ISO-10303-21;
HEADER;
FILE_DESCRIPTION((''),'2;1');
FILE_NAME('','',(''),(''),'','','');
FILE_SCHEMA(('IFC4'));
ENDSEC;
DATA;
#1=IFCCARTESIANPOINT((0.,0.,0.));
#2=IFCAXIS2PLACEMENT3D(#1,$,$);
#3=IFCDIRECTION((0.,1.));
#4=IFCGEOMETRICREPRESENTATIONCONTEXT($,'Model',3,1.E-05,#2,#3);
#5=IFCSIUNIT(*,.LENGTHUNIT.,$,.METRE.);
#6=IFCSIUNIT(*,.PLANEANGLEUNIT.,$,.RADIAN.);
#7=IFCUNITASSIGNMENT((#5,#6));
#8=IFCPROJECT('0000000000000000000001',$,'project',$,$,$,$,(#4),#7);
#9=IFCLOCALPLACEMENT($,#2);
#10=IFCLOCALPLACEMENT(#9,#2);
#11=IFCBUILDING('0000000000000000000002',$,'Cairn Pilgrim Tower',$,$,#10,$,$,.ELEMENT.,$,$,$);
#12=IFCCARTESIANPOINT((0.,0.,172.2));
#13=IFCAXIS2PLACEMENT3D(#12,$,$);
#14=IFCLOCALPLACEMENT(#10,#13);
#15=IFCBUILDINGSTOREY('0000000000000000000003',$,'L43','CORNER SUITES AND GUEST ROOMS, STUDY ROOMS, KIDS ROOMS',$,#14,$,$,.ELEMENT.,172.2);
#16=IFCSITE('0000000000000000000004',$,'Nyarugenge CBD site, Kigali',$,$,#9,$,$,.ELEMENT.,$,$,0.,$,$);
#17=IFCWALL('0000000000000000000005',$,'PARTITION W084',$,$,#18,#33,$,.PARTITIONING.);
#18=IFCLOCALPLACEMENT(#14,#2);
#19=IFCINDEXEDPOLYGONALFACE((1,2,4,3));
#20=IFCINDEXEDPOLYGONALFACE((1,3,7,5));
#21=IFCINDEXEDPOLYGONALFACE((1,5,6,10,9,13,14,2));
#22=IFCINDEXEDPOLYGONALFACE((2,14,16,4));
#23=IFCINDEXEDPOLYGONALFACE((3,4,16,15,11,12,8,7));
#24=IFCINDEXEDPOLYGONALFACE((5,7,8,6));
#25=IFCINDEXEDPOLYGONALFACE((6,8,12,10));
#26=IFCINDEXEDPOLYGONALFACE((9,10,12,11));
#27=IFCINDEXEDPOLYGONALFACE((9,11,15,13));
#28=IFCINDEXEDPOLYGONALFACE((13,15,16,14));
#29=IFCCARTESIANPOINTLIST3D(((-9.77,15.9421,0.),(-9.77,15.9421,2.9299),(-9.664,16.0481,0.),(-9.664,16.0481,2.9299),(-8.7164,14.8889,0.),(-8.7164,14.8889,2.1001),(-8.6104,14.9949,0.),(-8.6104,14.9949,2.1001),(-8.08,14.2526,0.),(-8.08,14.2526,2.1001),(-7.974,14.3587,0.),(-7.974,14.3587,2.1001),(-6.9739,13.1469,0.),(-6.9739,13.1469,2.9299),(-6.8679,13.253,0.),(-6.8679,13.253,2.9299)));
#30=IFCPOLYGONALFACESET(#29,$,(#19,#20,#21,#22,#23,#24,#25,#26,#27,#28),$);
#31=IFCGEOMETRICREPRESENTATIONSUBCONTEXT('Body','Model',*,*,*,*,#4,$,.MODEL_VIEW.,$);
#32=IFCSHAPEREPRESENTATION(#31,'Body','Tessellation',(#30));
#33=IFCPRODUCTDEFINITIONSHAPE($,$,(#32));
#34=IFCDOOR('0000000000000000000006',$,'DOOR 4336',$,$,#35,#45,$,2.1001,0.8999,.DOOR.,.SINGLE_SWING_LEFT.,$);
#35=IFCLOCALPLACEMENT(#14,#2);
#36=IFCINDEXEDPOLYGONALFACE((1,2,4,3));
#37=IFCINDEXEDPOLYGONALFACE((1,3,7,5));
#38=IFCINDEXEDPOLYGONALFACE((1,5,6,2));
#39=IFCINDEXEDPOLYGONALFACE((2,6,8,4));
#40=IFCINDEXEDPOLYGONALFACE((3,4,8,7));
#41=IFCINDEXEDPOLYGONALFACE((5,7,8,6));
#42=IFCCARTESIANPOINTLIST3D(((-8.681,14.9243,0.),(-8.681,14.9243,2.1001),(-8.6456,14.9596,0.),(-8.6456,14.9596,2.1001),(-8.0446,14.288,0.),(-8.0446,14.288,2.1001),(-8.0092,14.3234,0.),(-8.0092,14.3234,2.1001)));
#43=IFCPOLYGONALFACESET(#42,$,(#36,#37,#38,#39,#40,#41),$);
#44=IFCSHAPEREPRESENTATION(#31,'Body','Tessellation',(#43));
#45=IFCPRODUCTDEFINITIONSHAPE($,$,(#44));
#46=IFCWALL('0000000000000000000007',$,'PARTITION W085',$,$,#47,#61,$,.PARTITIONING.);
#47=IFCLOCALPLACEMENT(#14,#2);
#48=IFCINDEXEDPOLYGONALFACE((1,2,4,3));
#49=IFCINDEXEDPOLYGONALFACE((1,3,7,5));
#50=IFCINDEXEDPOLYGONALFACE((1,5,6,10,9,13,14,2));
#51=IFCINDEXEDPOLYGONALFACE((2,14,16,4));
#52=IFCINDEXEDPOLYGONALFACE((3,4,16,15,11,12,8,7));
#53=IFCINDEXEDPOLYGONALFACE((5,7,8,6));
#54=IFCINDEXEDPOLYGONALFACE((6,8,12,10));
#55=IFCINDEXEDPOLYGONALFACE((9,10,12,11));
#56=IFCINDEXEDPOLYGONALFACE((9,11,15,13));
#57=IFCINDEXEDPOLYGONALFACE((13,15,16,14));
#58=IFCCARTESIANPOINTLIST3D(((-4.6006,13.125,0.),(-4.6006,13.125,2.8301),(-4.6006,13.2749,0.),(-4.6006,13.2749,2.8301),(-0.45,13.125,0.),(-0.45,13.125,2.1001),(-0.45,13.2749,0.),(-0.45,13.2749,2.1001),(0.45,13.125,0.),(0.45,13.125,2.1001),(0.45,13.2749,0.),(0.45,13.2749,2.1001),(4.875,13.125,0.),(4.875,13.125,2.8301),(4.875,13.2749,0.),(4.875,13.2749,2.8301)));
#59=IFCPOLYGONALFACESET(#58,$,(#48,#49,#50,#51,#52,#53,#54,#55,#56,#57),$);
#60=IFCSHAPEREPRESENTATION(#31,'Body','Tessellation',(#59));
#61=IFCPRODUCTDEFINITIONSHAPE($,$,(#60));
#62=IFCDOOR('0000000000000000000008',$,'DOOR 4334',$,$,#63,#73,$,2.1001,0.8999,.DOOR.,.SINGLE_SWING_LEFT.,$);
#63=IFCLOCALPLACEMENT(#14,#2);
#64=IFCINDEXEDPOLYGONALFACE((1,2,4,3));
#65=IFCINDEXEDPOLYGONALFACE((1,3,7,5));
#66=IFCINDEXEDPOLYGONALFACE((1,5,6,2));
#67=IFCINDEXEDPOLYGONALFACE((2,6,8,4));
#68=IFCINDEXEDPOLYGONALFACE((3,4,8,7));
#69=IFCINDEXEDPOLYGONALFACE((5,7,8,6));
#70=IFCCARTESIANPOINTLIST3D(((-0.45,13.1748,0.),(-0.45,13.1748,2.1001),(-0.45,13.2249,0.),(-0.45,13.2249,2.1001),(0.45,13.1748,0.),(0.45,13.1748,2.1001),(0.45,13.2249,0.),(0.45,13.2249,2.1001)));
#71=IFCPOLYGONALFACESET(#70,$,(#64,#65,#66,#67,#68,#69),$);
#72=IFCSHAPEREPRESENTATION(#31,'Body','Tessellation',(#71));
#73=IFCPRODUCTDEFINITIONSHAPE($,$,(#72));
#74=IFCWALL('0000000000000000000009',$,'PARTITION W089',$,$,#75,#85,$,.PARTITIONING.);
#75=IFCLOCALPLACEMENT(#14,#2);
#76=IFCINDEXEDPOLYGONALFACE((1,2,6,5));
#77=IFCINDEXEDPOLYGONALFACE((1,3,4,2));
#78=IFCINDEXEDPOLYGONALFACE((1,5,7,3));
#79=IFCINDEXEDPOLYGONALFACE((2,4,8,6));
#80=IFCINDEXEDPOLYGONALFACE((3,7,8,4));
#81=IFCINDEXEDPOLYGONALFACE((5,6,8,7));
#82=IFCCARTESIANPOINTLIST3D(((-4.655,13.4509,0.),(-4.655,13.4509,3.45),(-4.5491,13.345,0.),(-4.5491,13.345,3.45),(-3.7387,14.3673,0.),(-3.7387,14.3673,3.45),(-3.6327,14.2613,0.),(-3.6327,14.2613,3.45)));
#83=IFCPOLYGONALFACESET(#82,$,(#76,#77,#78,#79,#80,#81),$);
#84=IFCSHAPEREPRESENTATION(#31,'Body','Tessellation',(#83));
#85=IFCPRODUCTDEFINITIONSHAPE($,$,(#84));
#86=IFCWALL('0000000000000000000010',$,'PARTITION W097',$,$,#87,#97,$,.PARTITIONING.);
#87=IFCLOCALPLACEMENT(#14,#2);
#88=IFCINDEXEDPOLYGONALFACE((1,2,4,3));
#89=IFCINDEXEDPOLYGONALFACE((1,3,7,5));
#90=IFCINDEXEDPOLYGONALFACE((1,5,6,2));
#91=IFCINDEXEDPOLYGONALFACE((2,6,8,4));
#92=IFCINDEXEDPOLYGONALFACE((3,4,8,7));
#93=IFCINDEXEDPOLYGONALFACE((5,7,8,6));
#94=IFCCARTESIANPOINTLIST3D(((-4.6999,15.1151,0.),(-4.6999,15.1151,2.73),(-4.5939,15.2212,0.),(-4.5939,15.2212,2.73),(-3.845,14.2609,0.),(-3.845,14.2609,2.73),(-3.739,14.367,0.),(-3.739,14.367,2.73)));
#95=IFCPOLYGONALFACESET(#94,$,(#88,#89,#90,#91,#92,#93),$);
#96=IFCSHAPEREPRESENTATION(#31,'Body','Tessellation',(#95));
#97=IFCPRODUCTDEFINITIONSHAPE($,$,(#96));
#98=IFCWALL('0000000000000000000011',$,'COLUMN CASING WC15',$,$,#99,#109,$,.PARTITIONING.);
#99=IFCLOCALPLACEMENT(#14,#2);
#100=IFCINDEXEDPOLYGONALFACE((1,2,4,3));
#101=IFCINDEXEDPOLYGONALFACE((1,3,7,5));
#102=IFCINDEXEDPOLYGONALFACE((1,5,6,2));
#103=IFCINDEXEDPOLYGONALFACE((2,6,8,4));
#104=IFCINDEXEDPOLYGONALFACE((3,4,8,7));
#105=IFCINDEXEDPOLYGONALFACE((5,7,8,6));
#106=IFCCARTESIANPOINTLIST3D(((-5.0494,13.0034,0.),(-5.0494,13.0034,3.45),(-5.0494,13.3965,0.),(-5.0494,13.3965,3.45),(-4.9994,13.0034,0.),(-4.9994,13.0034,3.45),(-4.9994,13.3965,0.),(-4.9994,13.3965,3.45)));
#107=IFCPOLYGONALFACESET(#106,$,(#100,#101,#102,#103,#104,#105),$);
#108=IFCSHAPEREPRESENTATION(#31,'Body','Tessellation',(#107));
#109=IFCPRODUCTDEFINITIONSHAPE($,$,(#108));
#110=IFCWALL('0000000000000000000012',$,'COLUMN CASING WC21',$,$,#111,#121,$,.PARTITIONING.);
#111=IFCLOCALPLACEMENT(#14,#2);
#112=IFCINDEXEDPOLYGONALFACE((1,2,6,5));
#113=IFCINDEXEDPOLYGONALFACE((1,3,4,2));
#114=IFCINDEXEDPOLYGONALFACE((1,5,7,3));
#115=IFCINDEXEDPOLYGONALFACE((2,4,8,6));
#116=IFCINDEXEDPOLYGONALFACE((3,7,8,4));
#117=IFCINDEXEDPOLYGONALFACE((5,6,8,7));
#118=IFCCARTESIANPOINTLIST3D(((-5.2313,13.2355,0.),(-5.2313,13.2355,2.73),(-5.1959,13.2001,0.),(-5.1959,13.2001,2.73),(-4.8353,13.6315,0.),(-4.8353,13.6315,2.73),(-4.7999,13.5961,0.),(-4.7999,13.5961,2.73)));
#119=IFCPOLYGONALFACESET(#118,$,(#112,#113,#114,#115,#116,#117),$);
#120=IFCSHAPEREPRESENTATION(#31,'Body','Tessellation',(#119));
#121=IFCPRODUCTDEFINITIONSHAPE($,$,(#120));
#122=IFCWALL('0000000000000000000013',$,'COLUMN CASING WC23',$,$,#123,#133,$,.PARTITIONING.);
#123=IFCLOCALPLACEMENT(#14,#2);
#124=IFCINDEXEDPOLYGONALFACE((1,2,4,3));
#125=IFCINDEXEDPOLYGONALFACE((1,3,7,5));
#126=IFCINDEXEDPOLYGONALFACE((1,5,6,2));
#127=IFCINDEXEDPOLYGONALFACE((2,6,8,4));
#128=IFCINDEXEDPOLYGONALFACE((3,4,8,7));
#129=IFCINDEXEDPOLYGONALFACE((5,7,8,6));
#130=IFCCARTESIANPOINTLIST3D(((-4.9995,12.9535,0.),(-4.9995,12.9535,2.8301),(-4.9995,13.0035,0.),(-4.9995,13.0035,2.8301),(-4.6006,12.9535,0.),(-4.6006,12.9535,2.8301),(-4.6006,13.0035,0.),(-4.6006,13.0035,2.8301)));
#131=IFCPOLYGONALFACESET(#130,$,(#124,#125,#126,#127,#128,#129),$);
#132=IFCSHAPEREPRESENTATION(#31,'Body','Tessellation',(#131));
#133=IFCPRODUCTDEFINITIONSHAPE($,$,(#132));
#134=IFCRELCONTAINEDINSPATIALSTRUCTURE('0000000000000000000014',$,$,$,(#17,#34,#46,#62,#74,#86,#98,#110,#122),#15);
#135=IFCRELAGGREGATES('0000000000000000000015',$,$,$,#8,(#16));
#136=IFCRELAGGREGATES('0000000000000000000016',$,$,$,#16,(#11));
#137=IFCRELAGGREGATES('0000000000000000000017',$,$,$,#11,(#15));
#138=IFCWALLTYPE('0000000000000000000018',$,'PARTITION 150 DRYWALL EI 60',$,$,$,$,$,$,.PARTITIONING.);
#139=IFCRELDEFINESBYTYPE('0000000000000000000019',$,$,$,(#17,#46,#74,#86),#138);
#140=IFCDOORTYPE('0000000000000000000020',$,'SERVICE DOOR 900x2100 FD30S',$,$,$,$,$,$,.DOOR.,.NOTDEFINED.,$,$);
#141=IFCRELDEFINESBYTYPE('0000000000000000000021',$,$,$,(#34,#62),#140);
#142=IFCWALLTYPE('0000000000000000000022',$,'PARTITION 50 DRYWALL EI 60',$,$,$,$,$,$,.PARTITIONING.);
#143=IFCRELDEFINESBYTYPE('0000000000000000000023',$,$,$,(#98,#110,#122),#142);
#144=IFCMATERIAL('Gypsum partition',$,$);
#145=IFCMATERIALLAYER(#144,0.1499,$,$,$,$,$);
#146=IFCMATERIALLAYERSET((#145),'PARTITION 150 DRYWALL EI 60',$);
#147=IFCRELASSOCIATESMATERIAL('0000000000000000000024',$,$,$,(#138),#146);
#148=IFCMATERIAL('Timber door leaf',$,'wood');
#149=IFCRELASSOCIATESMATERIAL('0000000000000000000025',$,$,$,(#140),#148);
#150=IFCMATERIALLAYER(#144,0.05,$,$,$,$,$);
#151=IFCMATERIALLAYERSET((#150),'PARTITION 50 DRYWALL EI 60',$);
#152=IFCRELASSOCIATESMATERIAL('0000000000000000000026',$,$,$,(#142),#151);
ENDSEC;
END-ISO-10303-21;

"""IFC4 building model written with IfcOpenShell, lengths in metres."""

from ifc_helpers import new_model, si_unit, direction, frame, frame_2d, origin, place, context, subcontext, project, spatial, rectangle, extrude, material, layer, layer_set, type_object, element, fill, save


model = new_model("IFC4")

# Units and contexts
model_context = context("Model", 3, precision=1e-05, world=origin(), true_north=direction((0.0, 1.0)))
body_context = subcontext(model_context, "Body", "Model", "MODEL_VIEW")
ifc_project = project(units=[si_unit("LENGTHUNIT", "METRE"), si_unit("PLANEANGLEUNIT", "RADIAN")], contexts=[model_context])

# Site, building, storey
site_placement = place(None, origin())
site = spatial("IfcSite", under=ifc_project, at=site_placement, Name="Nyarugenge CBD site, Kigali", CompositionType="ELEMENT", RefElevation=0.0)
building_placement = place(site_placement, origin())
building = spatial("IfcBuilding", under=site, at=building_placement, Name="Cairn Pilgrim Tower", CompositionType="ELEMENT")
storey_placement = place(building_placement, frame((0.0, 0.0, 172.2)))
storey = spatial("IfcBuildingStorey", under=building, at=storey_placement, Name="L43", Description="CORNER SUITES AND GUEST ROOMS, STUDY ROOMS, KIDS ROOMS", CompositionType="ELEMENT", Elevation=172.2)

# Shared definitions
ifc_material_1 = material(Name="Gypsum partition")
ifc_layer_1 = layer(ifc_material_1, 0.1499)
ifc_layer_set_1 = layer_set([ifc_layer_1], Name="PARTITION 150 DRYWALL EI 60")
wall_type_1 = type_object("IfcWallType", Name="PARTITION 150 DRYWALL EI 60", PredefinedType="PARTITIONING", material=ifc_layer_set_1)

# Walls, openings, doors
wall_1_placement = place(storey_placement, frame((-6.9209, 13.2, 0.0), z_axis=(0.0, 0.0, 1.0), x_axis=(-0.70723, 0.706983, 0.0)))
wall_1 = element("IfcWall", 1, at=wall_1_placement, inside=storey, type_object=wall_type_1, Name="PARTITION W084", PredefinedType="PARTITIONING", context=body_context, shape_type="SweptSolid", body=[
    extrude(rectangle(XDim=3.9536, YDim=0.1499, at=frame_2d((1.9768, 0.0))), origin(), (0.0, 0.0, 1.0), 2.9299),
])
opening_1_placement = place(wall_1_placement, frame((1.564, 0.0, 0.0)))
opening_1 = element("IfcOpeningElement", 2, at=opening_1_placement, cuts=wall_1, PredefinedType="OPENING", context=body_context, shape_type="SweptSolid", body=[
    extrude(rectangle(XDim=0.8999, YDim=2.1001, at=frame_2d((0.45, 1.05))), frame((0.0, 0.085, 0.0), z_axis=(0.0, -1.0, 0.0), x_axis=(1.0, 0.0, 0.0)), (0.0, 0.0, 1.0), 0.1699),
])
ifc_material_2 = material(Name="Timber door leaf", Category="wood")
door_type = type_object("IfcDoorType", Name="SERVICE DOOR 900x2100 FD30S", OperationType="NOTDEFINED", PredefinedType="DOOR", material=ifc_material_2)
door_1_placement = place(opening_1_placement, origin())
door_1 = element("IfcDoor", 3, at=door_1_placement, inside=storey, type_object=door_type, Name="DOOR 4336", OperationType="SINGLE_SWING_LEFT", OverallHeight=2.1001, OverallWidth=0.8999, PredefinedType="DOOR", context=body_context, shape_type="SweptSolid", body=[
    extrude(rectangle(XDim=0.8999, YDim=2.1001, at=frame_2d((0.45, 1.05))), frame((0.0, 0.0249, 0.0), z_axis=(0.0, -1.0, 0.0), x_axis=(1.0, 0.0, 0.0)), (0.0, 0.0, 1.0), 0.05),
])
fill(opening_1, door_1)
wall_2_placement = place(storey_placement, frame((-4.6006, 13.2, 0.0), z_axis=(0.0, 0.0, 1.0), x_axis=(1.0, 0.0, 0.0)))
wall_2 = element("IfcWall", 4, at=wall_2_placement, inside=storey, type_object=wall_type_1, Name="PARTITION W085", PredefinedType="PARTITIONING", context=body_context, shape_type="SweptSolid", body=[
    extrude(rectangle(XDim=9.4756, YDim=0.1499, at=frame_2d((4.7378, 0.0))), origin(), (0.0, 0.0, 1.0), 2.8301),
])
opening_2_placement = place(wall_2_placement, frame((4.1506, 0.0, 0.0)))
opening_2 = element("IfcOpeningElement", 5, at=opening_2_placement, cuts=wall_2, PredefinedType="OPENING", context=body_context, shape_type="SweptSolid", body=[
    extrude(rectangle(XDim=0.8999, YDim=2.1001, at=frame_2d((0.45, 1.05))), frame((0.0, 0.085, 0.0), z_axis=(0.0, -1.0, 0.0), x_axis=(1.0, 0.0, 0.0)), (0.0, 0.0, 1.0), 0.1699),
])
door_2_placement = place(opening_2_placement, origin())
door_2 = element("IfcDoor", 6, at=door_2_placement, inside=storey, type_object=door_type, Name="DOOR 4334", OperationType="SINGLE_SWING_LEFT", OverallHeight=2.1001, OverallWidth=0.8999, PredefinedType="DOOR", context=body_context, shape_type="SweptSolid", body=[
    extrude(rectangle(XDim=0.8999, YDim=2.1001, at=frame_2d((0.45, 1.05))), frame((0.0, 0.0249, 0.0), z_axis=(0.0, -1.0, 0.0), x_axis=(1.0, 0.0, 0.0)), (0.0, 0.0, 1.0), 0.05),
])
fill(opening_2, door_2)

# Walls
wall_3_placement = place(storey_placement, frame((-4.6021, 13.3979, 0.0), z_axis=(0.0, 0.0, 1.0), x_axis=(0.707107, 0.707107, 0.0)))
element("IfcWall", 7, at=wall_3_placement, inside=storey, type_object=wall_type_1, Name="PARTITION W089", PredefinedType="PARTITIONING", context=body_context, shape_type="SweptSolid", body=[
    extrude(rectangle(XDim=1.2959, YDim=0.1499, at=frame_2d((0.6479, 0.0))), origin(), (0.0, 0.0, 1.0), 3.45),
])
wall_4_placement = place(storey_placement, frame((-3.792, 14.314, 0.0), z_axis=(0.0, 0.0, 1.0), x_axis=(-0.70741, 0.706804, 0.0)))
element("IfcWall", 8, at=wall_4_placement, inside=storey, type_object=wall_type_1, Name="PARTITION W097", PredefinedType="PARTITIONING", context=body_context, shape_type="SweptSolid", body=[
    extrude(rectangle(XDim=1.2085, YDim=0.1499, at=frame_2d((0.6042, 0.0))), origin(), (0.0, 0.0, 1.0), 2.73),
])
ifc_layer_2 = layer(ifc_material_1, 0.05)
ifc_layer_set_2 = layer_set([ifc_layer_2], Name="PARTITION 50 DRYWALL EI 60")
wall_type_2 = type_object("IfcWallType", Name="PARTITION 50 DRYWALL EI 60", PredefinedType="PARTITIONING", material=ifc_layer_set_2)
wall_5_placement = place(storey_placement, frame((-5.0244, 13.0034, 0.0), z_axis=(0.0, 0.0, 1.0), x_axis=(0.0, 1.0, 0.0)))
element("IfcWall", 9, at=wall_5_placement, inside=storey, type_object=wall_type_2, Name="COLUMN CASING WC15", PredefinedType="PARTITIONING", context=body_context, shape_type="SweptSolid", body=[
    extrude(rectangle(XDim=0.3931, YDim=0.05, at=frame_2d((0.1965, 0.0))), origin(), (0.0, 0.0, 1.0), 3.45),
])
wall_6_placement = place(storey_placement, frame((-5.2136, 13.2178, 0.0), z_axis=(0.0, 0.0, 1.0), x_axis=(0.707107, 0.707107, 0.0)))
element("IfcWall", 10, at=wall_6_placement, inside=storey, type_object=wall_type_2, Name="COLUMN CASING WC21", PredefinedType="PARTITIONING", context=body_context, shape_type="SweptSolid", body=[
    extrude(rectangle(XDim=0.5601, YDim=0.05, at=frame_2d((0.28, 0.0))), origin(), (0.0, 0.0, 1.0), 2.73),
])
wall_7_placement = place(storey_placement, frame((-4.9995, 12.9785, 0.0), z_axis=(0.0, 0.0, 1.0), x_axis=(1.0, 0.0, 0.0)))
element("IfcWall", 11, at=wall_7_placement, inside=storey, type_object=wall_type_2, Name="COLUMN CASING WC23", PredefinedType="PARTITIONING", context=body_context, shape_type="SweptSolid", body=[
    extrude(rectangle(XDim=0.3989, YDim=0.05, at=frame_2d((0.1995, 0.0))), origin(), (0.0, 0.0, 1.0), 2.8301),
])

save(model, "model.ifc")
